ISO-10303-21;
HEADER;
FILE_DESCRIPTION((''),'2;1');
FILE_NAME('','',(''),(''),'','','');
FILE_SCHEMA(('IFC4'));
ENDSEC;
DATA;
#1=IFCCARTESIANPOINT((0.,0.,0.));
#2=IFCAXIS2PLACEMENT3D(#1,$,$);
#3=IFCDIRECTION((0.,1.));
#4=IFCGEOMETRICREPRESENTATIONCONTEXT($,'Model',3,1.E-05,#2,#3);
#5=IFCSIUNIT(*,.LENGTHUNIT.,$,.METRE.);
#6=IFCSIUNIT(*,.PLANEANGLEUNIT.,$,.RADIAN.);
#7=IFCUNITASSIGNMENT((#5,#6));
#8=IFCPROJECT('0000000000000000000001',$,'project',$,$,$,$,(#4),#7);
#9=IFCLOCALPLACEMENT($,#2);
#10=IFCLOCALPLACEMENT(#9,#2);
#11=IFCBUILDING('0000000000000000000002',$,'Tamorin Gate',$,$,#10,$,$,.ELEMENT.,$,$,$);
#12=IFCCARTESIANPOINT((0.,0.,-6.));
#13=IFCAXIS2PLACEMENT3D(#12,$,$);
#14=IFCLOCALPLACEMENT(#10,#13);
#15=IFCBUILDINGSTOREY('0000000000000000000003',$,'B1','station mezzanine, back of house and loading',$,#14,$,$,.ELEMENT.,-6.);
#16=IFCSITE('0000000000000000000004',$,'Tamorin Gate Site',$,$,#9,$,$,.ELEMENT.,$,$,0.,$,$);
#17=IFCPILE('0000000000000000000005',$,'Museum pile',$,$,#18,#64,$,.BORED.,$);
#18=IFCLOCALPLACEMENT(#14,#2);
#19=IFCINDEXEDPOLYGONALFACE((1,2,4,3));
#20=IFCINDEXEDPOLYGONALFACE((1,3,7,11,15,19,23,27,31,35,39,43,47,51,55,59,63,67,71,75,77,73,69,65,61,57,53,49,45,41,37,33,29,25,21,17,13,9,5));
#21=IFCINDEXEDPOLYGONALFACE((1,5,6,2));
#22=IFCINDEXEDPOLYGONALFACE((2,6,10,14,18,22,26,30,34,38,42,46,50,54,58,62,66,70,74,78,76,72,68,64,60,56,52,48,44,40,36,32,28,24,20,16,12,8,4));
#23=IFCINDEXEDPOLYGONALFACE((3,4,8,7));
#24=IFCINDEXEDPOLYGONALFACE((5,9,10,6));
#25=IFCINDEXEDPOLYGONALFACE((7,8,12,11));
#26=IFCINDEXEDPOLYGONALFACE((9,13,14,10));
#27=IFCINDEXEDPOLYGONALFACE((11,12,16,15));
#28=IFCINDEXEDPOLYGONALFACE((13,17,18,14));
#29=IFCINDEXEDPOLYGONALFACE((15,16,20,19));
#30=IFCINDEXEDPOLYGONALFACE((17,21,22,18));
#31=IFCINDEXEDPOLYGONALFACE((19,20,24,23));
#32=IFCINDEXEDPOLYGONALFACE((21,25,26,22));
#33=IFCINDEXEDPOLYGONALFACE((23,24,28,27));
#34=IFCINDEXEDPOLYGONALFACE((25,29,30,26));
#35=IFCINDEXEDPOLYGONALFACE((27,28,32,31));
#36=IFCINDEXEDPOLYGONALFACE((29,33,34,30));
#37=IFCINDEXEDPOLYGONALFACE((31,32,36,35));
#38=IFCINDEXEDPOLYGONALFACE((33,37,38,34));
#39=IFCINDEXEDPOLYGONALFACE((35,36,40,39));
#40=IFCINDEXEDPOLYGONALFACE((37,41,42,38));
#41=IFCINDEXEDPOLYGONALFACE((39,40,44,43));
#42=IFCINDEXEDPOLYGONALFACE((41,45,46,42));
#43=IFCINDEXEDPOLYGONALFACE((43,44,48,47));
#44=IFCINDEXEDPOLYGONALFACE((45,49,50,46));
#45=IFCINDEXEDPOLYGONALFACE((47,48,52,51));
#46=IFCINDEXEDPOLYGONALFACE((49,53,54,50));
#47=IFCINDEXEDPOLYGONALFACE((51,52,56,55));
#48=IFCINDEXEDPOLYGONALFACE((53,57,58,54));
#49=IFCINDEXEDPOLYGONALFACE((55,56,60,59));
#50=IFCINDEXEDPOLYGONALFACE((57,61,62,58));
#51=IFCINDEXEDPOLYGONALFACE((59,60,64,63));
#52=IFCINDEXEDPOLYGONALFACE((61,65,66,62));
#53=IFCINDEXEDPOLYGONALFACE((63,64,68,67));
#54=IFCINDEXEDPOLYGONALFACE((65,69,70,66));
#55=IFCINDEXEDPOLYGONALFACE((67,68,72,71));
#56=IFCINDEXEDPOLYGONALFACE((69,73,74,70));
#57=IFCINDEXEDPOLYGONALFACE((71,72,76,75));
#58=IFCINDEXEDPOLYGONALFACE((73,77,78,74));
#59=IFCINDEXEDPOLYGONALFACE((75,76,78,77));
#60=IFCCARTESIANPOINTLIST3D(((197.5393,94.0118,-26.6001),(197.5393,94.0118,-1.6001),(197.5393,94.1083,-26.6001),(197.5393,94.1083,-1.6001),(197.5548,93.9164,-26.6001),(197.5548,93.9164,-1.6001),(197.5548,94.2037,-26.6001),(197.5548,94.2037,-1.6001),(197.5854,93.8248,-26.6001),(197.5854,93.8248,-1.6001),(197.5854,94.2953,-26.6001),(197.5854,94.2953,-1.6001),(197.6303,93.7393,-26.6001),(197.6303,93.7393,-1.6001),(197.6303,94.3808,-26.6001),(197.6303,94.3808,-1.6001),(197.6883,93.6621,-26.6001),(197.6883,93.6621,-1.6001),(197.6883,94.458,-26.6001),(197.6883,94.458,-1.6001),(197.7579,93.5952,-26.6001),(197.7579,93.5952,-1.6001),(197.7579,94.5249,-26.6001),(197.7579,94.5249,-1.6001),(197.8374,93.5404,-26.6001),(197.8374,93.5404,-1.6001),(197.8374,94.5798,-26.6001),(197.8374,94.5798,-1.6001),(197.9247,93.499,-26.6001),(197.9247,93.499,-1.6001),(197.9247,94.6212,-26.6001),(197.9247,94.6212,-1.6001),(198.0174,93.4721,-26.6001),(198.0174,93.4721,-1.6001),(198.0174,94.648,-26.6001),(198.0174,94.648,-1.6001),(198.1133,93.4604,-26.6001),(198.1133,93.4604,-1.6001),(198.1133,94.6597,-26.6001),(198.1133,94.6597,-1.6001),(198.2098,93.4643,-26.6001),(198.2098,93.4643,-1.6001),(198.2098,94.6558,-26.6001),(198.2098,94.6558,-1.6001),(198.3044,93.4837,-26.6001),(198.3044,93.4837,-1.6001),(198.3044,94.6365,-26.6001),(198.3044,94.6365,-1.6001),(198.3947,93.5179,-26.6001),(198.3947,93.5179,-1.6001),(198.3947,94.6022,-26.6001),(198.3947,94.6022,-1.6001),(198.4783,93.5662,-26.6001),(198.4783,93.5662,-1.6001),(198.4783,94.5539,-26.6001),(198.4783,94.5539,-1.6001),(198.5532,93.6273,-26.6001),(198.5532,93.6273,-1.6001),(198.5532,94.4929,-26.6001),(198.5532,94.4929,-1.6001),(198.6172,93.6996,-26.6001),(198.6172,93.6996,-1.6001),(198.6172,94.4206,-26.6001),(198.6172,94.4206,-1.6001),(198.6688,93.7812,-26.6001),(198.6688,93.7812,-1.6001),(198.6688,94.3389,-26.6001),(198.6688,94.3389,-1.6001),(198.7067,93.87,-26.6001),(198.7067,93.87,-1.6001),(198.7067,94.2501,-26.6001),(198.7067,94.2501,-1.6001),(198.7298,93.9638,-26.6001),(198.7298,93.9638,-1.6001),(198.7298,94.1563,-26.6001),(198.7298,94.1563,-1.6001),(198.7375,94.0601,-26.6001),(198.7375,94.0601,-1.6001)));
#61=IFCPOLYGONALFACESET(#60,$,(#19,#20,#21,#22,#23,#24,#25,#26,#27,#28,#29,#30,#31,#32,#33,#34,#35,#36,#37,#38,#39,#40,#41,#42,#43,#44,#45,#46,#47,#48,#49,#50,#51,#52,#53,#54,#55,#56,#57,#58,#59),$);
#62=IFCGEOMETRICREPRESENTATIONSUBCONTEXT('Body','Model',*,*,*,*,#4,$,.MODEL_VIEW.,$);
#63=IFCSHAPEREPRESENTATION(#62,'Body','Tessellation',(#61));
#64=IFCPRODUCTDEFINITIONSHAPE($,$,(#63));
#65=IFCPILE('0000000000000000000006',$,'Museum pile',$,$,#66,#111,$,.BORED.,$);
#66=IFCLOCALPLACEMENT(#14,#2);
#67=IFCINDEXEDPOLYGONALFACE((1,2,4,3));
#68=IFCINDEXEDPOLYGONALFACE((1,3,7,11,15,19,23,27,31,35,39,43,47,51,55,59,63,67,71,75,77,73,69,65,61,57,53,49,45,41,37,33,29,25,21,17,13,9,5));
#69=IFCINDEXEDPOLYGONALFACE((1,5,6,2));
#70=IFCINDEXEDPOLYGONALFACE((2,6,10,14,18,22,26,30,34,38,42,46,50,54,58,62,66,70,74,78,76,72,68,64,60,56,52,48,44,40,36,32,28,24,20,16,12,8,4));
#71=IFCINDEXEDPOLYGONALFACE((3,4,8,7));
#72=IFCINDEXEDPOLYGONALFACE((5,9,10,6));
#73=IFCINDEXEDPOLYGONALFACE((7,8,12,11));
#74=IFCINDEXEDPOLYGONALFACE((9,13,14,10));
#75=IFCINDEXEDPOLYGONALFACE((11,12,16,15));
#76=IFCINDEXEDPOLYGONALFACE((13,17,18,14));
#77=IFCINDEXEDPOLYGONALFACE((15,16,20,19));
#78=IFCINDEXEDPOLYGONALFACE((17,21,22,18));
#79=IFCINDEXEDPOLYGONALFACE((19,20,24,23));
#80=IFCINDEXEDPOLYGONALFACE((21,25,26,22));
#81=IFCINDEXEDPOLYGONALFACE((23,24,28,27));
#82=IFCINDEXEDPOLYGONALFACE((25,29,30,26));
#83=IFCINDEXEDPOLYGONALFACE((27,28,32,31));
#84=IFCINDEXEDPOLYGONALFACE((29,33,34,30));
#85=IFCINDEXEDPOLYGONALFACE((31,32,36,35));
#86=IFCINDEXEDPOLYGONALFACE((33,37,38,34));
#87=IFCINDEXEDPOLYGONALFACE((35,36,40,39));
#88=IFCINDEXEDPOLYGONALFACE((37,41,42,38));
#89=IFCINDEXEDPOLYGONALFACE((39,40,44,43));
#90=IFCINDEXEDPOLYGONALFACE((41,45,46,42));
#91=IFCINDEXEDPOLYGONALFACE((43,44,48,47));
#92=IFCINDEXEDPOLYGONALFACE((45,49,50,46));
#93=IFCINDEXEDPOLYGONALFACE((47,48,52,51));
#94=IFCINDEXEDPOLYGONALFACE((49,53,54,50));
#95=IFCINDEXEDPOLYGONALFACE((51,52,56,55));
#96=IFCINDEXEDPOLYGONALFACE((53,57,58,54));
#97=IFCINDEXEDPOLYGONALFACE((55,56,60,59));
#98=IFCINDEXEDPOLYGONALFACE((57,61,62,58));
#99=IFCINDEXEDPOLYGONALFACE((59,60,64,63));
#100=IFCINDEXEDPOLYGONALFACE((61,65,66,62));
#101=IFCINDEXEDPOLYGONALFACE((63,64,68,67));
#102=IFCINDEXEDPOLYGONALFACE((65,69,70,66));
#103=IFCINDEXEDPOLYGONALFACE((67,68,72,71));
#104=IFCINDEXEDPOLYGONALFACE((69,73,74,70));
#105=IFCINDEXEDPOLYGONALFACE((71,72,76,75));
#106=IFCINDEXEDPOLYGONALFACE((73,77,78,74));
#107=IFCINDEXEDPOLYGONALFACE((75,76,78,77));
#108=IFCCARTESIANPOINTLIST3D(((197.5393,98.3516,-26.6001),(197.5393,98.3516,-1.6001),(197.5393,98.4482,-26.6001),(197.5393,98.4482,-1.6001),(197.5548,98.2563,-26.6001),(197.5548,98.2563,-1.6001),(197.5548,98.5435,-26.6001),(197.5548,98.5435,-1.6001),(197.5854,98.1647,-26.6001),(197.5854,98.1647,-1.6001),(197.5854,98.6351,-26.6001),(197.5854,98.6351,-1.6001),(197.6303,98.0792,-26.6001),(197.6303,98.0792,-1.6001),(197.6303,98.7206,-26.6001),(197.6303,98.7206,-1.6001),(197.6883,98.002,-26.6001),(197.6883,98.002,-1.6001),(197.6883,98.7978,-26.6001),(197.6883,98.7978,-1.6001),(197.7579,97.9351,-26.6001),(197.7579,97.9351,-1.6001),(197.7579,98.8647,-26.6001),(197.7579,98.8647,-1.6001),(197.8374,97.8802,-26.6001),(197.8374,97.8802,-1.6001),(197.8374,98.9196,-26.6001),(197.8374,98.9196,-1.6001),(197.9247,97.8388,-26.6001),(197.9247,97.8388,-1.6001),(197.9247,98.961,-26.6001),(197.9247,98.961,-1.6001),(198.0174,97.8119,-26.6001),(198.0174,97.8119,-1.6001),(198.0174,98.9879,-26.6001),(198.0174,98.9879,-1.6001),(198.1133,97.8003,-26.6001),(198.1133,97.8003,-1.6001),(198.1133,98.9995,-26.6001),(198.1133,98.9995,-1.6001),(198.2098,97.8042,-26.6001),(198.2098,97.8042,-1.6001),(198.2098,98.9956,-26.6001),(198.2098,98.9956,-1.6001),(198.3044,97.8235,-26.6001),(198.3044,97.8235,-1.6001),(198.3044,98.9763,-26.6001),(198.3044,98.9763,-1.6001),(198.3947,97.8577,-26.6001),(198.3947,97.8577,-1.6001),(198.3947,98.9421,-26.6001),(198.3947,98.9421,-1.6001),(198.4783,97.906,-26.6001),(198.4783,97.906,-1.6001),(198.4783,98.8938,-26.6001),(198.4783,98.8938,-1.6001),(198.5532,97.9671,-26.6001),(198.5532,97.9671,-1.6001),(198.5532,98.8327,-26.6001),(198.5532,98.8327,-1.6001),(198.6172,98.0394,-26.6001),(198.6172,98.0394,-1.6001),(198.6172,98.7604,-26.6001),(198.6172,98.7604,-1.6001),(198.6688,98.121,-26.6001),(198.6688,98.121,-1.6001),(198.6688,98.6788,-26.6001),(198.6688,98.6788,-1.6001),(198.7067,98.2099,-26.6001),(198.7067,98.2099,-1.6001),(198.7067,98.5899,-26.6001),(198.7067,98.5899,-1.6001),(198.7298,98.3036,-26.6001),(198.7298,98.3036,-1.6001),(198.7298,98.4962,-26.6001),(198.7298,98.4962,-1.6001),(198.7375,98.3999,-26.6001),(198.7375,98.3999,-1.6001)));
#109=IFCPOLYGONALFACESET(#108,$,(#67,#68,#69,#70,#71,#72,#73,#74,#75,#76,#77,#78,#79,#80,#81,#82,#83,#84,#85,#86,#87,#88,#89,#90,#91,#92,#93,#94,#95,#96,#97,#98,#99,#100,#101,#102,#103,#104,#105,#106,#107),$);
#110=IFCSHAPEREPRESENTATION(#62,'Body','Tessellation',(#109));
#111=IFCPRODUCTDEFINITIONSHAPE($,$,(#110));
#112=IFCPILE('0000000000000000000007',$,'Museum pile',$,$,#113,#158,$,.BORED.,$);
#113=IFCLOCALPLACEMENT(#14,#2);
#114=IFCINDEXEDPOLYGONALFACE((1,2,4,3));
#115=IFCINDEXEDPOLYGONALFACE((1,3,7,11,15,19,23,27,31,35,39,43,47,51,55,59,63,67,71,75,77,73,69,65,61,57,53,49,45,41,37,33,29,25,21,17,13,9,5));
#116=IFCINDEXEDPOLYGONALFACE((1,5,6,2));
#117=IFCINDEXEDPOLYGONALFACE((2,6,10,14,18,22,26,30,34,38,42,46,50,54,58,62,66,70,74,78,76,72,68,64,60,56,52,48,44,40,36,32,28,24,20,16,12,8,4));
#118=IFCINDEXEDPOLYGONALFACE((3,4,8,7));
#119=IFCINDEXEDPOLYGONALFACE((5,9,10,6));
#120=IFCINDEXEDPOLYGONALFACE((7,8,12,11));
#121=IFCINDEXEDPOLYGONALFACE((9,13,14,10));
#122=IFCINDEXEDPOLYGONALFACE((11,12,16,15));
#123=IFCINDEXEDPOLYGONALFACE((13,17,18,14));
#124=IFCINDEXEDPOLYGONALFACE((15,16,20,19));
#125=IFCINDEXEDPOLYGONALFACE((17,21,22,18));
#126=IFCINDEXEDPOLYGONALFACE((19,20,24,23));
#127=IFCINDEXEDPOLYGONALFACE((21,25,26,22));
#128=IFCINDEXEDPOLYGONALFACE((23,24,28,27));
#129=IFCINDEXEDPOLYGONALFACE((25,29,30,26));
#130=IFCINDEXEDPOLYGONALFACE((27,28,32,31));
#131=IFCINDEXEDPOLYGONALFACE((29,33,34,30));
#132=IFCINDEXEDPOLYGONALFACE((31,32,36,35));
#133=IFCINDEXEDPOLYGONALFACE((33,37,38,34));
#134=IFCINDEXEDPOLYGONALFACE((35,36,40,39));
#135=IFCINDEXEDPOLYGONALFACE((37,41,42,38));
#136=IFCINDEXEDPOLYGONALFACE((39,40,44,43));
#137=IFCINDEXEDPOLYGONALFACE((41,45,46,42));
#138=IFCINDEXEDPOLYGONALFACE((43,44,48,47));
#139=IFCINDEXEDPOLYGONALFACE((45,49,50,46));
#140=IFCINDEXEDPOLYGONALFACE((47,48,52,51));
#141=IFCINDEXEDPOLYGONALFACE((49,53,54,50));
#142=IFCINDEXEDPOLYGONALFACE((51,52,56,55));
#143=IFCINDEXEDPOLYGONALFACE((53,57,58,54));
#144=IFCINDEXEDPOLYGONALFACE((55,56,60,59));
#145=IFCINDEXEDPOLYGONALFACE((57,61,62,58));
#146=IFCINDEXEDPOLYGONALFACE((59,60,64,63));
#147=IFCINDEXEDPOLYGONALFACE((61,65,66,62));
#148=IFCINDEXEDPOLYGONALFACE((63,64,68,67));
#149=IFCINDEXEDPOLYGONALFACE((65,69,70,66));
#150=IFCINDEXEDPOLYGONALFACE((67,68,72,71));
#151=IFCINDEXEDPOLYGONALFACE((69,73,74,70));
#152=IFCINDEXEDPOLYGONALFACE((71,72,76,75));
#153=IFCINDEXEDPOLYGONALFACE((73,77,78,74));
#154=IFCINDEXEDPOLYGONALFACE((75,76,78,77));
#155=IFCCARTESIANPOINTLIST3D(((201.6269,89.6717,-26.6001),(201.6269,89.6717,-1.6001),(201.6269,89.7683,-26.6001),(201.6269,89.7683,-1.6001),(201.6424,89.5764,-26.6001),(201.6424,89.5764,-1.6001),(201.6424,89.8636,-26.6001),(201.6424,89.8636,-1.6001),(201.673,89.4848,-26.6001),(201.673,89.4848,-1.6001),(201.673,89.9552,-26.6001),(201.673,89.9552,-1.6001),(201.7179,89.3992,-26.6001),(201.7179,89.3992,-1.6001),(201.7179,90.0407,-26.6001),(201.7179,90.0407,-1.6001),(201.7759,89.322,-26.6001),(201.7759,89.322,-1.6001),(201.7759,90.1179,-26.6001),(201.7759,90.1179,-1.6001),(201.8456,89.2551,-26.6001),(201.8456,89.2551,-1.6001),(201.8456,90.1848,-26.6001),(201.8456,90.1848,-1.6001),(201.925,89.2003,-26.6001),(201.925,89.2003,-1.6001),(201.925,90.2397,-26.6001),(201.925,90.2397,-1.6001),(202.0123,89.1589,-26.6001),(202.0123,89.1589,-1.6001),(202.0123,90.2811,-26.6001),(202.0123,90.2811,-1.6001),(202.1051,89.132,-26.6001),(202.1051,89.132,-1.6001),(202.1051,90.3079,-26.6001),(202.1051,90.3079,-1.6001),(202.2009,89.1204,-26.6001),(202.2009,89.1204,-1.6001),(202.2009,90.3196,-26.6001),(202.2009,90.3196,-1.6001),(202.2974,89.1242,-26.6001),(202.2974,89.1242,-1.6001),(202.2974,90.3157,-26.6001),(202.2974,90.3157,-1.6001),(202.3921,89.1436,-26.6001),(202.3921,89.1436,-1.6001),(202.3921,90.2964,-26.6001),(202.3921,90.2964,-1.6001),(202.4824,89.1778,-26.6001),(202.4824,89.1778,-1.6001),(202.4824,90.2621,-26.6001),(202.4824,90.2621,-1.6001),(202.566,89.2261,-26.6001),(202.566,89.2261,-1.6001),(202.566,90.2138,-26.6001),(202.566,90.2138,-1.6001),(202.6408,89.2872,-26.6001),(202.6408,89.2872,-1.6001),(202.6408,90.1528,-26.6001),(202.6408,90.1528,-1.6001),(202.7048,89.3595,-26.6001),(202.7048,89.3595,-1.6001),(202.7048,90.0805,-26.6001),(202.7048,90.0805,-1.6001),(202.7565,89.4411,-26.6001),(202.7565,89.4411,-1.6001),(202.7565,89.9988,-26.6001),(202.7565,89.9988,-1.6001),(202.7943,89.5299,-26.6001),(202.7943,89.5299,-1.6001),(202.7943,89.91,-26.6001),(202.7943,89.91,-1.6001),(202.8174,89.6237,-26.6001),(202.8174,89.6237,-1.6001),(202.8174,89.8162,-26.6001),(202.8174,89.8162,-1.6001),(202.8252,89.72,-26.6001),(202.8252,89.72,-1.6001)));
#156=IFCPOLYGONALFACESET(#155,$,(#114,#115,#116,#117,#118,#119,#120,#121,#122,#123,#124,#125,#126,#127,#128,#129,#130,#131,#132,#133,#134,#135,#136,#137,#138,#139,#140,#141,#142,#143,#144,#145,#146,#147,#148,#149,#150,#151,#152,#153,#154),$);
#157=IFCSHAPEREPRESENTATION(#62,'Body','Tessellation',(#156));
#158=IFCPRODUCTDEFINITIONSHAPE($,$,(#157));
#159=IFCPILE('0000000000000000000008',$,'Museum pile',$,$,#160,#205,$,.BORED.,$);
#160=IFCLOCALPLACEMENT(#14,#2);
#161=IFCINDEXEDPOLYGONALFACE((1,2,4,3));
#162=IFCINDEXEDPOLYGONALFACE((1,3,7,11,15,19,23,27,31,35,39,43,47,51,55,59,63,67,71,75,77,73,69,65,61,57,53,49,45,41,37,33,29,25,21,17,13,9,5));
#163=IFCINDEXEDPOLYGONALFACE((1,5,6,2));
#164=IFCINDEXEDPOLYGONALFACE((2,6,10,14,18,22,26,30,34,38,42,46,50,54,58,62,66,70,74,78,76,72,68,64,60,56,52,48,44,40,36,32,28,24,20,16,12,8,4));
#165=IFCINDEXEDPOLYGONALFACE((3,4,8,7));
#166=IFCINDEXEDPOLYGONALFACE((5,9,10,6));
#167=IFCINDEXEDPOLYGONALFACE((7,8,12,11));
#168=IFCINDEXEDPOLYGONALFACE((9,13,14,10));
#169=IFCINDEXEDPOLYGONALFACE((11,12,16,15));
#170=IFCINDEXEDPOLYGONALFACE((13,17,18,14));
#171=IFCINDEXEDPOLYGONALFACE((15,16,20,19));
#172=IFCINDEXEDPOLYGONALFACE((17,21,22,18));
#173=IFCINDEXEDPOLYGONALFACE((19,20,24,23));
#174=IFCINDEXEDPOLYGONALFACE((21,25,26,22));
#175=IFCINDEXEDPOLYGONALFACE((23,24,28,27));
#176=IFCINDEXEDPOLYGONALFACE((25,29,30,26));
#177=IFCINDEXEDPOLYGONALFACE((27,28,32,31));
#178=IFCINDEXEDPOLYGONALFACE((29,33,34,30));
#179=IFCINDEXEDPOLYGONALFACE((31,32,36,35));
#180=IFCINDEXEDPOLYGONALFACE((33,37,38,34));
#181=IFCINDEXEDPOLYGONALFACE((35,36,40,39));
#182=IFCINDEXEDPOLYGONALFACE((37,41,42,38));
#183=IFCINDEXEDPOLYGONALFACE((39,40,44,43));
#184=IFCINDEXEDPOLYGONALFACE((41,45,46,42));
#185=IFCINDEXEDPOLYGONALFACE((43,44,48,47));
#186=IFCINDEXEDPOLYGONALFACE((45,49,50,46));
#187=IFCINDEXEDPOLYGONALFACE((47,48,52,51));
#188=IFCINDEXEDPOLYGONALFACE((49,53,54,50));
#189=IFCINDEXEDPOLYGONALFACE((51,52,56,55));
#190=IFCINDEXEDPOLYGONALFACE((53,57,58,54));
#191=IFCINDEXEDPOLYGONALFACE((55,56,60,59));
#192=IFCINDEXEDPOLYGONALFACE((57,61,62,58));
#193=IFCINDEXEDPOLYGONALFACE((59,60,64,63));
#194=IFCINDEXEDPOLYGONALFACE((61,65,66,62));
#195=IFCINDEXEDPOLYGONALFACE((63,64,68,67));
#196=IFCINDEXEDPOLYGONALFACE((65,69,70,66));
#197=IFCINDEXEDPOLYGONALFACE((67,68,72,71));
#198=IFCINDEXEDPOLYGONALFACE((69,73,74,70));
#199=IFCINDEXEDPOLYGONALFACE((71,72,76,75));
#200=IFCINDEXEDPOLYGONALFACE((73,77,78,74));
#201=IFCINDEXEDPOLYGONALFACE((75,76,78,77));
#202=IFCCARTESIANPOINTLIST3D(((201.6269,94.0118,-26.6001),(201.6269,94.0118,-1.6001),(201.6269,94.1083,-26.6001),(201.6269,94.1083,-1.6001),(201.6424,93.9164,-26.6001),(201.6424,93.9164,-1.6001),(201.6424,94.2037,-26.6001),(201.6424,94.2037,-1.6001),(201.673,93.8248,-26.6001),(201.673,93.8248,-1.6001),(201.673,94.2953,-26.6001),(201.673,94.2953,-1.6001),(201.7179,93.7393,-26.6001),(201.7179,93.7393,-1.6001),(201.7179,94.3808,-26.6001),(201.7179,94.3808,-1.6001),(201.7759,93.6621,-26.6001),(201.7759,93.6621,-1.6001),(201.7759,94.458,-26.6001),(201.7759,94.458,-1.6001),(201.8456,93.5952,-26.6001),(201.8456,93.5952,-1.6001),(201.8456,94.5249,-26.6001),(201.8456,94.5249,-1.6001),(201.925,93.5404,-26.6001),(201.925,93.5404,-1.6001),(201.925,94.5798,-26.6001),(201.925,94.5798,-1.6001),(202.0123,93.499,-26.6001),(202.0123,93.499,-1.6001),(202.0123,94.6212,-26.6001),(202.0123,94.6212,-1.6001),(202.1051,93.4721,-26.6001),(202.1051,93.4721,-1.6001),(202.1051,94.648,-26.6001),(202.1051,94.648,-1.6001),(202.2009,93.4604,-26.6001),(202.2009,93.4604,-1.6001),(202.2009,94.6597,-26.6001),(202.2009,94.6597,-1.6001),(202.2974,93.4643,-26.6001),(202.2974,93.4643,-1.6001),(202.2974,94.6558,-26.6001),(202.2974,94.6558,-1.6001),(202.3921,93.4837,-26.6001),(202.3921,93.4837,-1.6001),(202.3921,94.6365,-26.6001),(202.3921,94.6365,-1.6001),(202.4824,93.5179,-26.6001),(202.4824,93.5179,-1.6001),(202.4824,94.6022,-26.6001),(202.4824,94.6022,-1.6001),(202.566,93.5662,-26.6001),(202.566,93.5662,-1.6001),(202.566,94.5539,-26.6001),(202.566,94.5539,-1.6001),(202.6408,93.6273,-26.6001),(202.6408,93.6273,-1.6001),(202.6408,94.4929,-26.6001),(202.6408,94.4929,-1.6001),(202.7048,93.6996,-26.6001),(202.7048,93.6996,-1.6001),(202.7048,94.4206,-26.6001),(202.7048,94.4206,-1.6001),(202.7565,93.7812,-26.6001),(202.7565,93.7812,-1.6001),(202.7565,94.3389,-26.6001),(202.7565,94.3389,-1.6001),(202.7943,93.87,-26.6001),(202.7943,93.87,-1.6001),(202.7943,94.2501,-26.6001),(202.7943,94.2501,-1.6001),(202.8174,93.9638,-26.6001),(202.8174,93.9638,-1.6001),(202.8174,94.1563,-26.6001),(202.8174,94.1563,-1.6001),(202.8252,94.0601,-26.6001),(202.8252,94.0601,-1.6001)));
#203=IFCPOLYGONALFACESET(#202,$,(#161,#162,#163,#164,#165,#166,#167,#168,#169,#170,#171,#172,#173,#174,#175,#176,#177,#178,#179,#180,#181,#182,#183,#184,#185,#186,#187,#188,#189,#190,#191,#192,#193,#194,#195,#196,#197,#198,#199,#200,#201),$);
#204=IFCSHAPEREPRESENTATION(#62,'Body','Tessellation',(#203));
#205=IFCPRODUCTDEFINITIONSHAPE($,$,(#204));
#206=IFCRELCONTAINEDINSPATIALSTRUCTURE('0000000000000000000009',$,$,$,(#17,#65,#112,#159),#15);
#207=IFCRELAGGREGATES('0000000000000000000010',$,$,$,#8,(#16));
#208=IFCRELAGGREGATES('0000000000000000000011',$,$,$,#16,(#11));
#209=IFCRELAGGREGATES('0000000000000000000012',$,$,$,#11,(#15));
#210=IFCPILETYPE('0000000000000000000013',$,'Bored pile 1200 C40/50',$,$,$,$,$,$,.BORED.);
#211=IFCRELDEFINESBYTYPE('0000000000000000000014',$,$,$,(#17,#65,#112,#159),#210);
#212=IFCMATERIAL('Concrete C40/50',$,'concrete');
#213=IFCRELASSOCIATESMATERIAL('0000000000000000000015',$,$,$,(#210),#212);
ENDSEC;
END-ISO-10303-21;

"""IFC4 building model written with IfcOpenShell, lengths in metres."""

from ifc_helpers import new_model, si_unit, direction, frame, origin, origin_2d, place, context, subcontext, project, spatial, circle, extrude, material, material_profile, profile_set, type_object, element, save


model = new_model("IFC4")

# Units and contexts
model_context = context("Model", 3, precision=1e-05, world=origin(), true_north=direction((0.0, 1.0)))
body_context = subcontext(model_context, "Body", "Model", "MODEL_VIEW")
ifc_project = project(units=[si_unit("LENGTHUNIT", "METRE"), si_unit("PLANEANGLEUNIT", "RADIAN")], contexts=[model_context])

# Site, building, storey
site_placement = place(None, origin())
site = spatial("IfcSite", under=ifc_project, at=site_placement, Name="Tamorin Gate Site", CompositionType="ELEMENT", RefElevation=0.0)
building_placement = place(site_placement, origin())
building = spatial("IfcBuilding", under=site, at=building_placement, Name="Tamorin Gate", CompositionType="ELEMENT")
storey_placement = place(building_placement, frame((0.0, 0.0, -6.0)))
storey = spatial("IfcBuildingStorey", under=building, at=storey_placement, Name="B1", Description="station mezzanine, back of house and loading", CompositionType="ELEMENT", Elevation=-6.0)

# Piles
ifc_material_1 = material(Name="Concrete C40/50", Category="concrete")
ifc_material_profile_1 = material_profile(ifc_material_1, circle(Radius=0.6001, at=origin_2d()))
ifc_profile_set_1 = profile_set([ifc_material_profile_1], Name="Concrete C40/50")
pile_type = type_object("IfcPileType", Name="Bored pile 1200 C40/50", PredefinedType="BORED", material=ifc_profile_set_1)
for number, where, z_axis, x_axis, name in (
    (1, (198.1375, 94.0601, -1.6001), (0.0, 0.0, -1.0), (1.0, 0.0, 0.0), "Museum pile"),
    (2, (198.1375, 98.3999, -1.6001), (0.0, 0.0, -1.0), (1.0, 0.0, 0.0), "Museum pile"),
    (3, (202.2251, 89.72, -1.6001), (0.0, 0.0, -1.0), (1.0, 0.0, 0.0), "Museum pile"),
    (4, (202.2251, 94.0601, -1.6001), (0.0, 0.0, -1.0), (1.0, 0.0, 0.0), "Museum pile"),
):
    element("IfcPile", number, at=place(storey_placement, frame(where, z_axis=z_axis, x_axis=x_axis)), inside=storey, type_object=pile_type, Name=name, PredefinedType="BORED", context=body_context, shape_type="SweptSolid", body=[
        extrude(circle(Radius=0.6001, at=origin_2d()), origin(), (0.0, 0.0, 1.0), 25.0),
    ])

save(model, "model.ifc")
